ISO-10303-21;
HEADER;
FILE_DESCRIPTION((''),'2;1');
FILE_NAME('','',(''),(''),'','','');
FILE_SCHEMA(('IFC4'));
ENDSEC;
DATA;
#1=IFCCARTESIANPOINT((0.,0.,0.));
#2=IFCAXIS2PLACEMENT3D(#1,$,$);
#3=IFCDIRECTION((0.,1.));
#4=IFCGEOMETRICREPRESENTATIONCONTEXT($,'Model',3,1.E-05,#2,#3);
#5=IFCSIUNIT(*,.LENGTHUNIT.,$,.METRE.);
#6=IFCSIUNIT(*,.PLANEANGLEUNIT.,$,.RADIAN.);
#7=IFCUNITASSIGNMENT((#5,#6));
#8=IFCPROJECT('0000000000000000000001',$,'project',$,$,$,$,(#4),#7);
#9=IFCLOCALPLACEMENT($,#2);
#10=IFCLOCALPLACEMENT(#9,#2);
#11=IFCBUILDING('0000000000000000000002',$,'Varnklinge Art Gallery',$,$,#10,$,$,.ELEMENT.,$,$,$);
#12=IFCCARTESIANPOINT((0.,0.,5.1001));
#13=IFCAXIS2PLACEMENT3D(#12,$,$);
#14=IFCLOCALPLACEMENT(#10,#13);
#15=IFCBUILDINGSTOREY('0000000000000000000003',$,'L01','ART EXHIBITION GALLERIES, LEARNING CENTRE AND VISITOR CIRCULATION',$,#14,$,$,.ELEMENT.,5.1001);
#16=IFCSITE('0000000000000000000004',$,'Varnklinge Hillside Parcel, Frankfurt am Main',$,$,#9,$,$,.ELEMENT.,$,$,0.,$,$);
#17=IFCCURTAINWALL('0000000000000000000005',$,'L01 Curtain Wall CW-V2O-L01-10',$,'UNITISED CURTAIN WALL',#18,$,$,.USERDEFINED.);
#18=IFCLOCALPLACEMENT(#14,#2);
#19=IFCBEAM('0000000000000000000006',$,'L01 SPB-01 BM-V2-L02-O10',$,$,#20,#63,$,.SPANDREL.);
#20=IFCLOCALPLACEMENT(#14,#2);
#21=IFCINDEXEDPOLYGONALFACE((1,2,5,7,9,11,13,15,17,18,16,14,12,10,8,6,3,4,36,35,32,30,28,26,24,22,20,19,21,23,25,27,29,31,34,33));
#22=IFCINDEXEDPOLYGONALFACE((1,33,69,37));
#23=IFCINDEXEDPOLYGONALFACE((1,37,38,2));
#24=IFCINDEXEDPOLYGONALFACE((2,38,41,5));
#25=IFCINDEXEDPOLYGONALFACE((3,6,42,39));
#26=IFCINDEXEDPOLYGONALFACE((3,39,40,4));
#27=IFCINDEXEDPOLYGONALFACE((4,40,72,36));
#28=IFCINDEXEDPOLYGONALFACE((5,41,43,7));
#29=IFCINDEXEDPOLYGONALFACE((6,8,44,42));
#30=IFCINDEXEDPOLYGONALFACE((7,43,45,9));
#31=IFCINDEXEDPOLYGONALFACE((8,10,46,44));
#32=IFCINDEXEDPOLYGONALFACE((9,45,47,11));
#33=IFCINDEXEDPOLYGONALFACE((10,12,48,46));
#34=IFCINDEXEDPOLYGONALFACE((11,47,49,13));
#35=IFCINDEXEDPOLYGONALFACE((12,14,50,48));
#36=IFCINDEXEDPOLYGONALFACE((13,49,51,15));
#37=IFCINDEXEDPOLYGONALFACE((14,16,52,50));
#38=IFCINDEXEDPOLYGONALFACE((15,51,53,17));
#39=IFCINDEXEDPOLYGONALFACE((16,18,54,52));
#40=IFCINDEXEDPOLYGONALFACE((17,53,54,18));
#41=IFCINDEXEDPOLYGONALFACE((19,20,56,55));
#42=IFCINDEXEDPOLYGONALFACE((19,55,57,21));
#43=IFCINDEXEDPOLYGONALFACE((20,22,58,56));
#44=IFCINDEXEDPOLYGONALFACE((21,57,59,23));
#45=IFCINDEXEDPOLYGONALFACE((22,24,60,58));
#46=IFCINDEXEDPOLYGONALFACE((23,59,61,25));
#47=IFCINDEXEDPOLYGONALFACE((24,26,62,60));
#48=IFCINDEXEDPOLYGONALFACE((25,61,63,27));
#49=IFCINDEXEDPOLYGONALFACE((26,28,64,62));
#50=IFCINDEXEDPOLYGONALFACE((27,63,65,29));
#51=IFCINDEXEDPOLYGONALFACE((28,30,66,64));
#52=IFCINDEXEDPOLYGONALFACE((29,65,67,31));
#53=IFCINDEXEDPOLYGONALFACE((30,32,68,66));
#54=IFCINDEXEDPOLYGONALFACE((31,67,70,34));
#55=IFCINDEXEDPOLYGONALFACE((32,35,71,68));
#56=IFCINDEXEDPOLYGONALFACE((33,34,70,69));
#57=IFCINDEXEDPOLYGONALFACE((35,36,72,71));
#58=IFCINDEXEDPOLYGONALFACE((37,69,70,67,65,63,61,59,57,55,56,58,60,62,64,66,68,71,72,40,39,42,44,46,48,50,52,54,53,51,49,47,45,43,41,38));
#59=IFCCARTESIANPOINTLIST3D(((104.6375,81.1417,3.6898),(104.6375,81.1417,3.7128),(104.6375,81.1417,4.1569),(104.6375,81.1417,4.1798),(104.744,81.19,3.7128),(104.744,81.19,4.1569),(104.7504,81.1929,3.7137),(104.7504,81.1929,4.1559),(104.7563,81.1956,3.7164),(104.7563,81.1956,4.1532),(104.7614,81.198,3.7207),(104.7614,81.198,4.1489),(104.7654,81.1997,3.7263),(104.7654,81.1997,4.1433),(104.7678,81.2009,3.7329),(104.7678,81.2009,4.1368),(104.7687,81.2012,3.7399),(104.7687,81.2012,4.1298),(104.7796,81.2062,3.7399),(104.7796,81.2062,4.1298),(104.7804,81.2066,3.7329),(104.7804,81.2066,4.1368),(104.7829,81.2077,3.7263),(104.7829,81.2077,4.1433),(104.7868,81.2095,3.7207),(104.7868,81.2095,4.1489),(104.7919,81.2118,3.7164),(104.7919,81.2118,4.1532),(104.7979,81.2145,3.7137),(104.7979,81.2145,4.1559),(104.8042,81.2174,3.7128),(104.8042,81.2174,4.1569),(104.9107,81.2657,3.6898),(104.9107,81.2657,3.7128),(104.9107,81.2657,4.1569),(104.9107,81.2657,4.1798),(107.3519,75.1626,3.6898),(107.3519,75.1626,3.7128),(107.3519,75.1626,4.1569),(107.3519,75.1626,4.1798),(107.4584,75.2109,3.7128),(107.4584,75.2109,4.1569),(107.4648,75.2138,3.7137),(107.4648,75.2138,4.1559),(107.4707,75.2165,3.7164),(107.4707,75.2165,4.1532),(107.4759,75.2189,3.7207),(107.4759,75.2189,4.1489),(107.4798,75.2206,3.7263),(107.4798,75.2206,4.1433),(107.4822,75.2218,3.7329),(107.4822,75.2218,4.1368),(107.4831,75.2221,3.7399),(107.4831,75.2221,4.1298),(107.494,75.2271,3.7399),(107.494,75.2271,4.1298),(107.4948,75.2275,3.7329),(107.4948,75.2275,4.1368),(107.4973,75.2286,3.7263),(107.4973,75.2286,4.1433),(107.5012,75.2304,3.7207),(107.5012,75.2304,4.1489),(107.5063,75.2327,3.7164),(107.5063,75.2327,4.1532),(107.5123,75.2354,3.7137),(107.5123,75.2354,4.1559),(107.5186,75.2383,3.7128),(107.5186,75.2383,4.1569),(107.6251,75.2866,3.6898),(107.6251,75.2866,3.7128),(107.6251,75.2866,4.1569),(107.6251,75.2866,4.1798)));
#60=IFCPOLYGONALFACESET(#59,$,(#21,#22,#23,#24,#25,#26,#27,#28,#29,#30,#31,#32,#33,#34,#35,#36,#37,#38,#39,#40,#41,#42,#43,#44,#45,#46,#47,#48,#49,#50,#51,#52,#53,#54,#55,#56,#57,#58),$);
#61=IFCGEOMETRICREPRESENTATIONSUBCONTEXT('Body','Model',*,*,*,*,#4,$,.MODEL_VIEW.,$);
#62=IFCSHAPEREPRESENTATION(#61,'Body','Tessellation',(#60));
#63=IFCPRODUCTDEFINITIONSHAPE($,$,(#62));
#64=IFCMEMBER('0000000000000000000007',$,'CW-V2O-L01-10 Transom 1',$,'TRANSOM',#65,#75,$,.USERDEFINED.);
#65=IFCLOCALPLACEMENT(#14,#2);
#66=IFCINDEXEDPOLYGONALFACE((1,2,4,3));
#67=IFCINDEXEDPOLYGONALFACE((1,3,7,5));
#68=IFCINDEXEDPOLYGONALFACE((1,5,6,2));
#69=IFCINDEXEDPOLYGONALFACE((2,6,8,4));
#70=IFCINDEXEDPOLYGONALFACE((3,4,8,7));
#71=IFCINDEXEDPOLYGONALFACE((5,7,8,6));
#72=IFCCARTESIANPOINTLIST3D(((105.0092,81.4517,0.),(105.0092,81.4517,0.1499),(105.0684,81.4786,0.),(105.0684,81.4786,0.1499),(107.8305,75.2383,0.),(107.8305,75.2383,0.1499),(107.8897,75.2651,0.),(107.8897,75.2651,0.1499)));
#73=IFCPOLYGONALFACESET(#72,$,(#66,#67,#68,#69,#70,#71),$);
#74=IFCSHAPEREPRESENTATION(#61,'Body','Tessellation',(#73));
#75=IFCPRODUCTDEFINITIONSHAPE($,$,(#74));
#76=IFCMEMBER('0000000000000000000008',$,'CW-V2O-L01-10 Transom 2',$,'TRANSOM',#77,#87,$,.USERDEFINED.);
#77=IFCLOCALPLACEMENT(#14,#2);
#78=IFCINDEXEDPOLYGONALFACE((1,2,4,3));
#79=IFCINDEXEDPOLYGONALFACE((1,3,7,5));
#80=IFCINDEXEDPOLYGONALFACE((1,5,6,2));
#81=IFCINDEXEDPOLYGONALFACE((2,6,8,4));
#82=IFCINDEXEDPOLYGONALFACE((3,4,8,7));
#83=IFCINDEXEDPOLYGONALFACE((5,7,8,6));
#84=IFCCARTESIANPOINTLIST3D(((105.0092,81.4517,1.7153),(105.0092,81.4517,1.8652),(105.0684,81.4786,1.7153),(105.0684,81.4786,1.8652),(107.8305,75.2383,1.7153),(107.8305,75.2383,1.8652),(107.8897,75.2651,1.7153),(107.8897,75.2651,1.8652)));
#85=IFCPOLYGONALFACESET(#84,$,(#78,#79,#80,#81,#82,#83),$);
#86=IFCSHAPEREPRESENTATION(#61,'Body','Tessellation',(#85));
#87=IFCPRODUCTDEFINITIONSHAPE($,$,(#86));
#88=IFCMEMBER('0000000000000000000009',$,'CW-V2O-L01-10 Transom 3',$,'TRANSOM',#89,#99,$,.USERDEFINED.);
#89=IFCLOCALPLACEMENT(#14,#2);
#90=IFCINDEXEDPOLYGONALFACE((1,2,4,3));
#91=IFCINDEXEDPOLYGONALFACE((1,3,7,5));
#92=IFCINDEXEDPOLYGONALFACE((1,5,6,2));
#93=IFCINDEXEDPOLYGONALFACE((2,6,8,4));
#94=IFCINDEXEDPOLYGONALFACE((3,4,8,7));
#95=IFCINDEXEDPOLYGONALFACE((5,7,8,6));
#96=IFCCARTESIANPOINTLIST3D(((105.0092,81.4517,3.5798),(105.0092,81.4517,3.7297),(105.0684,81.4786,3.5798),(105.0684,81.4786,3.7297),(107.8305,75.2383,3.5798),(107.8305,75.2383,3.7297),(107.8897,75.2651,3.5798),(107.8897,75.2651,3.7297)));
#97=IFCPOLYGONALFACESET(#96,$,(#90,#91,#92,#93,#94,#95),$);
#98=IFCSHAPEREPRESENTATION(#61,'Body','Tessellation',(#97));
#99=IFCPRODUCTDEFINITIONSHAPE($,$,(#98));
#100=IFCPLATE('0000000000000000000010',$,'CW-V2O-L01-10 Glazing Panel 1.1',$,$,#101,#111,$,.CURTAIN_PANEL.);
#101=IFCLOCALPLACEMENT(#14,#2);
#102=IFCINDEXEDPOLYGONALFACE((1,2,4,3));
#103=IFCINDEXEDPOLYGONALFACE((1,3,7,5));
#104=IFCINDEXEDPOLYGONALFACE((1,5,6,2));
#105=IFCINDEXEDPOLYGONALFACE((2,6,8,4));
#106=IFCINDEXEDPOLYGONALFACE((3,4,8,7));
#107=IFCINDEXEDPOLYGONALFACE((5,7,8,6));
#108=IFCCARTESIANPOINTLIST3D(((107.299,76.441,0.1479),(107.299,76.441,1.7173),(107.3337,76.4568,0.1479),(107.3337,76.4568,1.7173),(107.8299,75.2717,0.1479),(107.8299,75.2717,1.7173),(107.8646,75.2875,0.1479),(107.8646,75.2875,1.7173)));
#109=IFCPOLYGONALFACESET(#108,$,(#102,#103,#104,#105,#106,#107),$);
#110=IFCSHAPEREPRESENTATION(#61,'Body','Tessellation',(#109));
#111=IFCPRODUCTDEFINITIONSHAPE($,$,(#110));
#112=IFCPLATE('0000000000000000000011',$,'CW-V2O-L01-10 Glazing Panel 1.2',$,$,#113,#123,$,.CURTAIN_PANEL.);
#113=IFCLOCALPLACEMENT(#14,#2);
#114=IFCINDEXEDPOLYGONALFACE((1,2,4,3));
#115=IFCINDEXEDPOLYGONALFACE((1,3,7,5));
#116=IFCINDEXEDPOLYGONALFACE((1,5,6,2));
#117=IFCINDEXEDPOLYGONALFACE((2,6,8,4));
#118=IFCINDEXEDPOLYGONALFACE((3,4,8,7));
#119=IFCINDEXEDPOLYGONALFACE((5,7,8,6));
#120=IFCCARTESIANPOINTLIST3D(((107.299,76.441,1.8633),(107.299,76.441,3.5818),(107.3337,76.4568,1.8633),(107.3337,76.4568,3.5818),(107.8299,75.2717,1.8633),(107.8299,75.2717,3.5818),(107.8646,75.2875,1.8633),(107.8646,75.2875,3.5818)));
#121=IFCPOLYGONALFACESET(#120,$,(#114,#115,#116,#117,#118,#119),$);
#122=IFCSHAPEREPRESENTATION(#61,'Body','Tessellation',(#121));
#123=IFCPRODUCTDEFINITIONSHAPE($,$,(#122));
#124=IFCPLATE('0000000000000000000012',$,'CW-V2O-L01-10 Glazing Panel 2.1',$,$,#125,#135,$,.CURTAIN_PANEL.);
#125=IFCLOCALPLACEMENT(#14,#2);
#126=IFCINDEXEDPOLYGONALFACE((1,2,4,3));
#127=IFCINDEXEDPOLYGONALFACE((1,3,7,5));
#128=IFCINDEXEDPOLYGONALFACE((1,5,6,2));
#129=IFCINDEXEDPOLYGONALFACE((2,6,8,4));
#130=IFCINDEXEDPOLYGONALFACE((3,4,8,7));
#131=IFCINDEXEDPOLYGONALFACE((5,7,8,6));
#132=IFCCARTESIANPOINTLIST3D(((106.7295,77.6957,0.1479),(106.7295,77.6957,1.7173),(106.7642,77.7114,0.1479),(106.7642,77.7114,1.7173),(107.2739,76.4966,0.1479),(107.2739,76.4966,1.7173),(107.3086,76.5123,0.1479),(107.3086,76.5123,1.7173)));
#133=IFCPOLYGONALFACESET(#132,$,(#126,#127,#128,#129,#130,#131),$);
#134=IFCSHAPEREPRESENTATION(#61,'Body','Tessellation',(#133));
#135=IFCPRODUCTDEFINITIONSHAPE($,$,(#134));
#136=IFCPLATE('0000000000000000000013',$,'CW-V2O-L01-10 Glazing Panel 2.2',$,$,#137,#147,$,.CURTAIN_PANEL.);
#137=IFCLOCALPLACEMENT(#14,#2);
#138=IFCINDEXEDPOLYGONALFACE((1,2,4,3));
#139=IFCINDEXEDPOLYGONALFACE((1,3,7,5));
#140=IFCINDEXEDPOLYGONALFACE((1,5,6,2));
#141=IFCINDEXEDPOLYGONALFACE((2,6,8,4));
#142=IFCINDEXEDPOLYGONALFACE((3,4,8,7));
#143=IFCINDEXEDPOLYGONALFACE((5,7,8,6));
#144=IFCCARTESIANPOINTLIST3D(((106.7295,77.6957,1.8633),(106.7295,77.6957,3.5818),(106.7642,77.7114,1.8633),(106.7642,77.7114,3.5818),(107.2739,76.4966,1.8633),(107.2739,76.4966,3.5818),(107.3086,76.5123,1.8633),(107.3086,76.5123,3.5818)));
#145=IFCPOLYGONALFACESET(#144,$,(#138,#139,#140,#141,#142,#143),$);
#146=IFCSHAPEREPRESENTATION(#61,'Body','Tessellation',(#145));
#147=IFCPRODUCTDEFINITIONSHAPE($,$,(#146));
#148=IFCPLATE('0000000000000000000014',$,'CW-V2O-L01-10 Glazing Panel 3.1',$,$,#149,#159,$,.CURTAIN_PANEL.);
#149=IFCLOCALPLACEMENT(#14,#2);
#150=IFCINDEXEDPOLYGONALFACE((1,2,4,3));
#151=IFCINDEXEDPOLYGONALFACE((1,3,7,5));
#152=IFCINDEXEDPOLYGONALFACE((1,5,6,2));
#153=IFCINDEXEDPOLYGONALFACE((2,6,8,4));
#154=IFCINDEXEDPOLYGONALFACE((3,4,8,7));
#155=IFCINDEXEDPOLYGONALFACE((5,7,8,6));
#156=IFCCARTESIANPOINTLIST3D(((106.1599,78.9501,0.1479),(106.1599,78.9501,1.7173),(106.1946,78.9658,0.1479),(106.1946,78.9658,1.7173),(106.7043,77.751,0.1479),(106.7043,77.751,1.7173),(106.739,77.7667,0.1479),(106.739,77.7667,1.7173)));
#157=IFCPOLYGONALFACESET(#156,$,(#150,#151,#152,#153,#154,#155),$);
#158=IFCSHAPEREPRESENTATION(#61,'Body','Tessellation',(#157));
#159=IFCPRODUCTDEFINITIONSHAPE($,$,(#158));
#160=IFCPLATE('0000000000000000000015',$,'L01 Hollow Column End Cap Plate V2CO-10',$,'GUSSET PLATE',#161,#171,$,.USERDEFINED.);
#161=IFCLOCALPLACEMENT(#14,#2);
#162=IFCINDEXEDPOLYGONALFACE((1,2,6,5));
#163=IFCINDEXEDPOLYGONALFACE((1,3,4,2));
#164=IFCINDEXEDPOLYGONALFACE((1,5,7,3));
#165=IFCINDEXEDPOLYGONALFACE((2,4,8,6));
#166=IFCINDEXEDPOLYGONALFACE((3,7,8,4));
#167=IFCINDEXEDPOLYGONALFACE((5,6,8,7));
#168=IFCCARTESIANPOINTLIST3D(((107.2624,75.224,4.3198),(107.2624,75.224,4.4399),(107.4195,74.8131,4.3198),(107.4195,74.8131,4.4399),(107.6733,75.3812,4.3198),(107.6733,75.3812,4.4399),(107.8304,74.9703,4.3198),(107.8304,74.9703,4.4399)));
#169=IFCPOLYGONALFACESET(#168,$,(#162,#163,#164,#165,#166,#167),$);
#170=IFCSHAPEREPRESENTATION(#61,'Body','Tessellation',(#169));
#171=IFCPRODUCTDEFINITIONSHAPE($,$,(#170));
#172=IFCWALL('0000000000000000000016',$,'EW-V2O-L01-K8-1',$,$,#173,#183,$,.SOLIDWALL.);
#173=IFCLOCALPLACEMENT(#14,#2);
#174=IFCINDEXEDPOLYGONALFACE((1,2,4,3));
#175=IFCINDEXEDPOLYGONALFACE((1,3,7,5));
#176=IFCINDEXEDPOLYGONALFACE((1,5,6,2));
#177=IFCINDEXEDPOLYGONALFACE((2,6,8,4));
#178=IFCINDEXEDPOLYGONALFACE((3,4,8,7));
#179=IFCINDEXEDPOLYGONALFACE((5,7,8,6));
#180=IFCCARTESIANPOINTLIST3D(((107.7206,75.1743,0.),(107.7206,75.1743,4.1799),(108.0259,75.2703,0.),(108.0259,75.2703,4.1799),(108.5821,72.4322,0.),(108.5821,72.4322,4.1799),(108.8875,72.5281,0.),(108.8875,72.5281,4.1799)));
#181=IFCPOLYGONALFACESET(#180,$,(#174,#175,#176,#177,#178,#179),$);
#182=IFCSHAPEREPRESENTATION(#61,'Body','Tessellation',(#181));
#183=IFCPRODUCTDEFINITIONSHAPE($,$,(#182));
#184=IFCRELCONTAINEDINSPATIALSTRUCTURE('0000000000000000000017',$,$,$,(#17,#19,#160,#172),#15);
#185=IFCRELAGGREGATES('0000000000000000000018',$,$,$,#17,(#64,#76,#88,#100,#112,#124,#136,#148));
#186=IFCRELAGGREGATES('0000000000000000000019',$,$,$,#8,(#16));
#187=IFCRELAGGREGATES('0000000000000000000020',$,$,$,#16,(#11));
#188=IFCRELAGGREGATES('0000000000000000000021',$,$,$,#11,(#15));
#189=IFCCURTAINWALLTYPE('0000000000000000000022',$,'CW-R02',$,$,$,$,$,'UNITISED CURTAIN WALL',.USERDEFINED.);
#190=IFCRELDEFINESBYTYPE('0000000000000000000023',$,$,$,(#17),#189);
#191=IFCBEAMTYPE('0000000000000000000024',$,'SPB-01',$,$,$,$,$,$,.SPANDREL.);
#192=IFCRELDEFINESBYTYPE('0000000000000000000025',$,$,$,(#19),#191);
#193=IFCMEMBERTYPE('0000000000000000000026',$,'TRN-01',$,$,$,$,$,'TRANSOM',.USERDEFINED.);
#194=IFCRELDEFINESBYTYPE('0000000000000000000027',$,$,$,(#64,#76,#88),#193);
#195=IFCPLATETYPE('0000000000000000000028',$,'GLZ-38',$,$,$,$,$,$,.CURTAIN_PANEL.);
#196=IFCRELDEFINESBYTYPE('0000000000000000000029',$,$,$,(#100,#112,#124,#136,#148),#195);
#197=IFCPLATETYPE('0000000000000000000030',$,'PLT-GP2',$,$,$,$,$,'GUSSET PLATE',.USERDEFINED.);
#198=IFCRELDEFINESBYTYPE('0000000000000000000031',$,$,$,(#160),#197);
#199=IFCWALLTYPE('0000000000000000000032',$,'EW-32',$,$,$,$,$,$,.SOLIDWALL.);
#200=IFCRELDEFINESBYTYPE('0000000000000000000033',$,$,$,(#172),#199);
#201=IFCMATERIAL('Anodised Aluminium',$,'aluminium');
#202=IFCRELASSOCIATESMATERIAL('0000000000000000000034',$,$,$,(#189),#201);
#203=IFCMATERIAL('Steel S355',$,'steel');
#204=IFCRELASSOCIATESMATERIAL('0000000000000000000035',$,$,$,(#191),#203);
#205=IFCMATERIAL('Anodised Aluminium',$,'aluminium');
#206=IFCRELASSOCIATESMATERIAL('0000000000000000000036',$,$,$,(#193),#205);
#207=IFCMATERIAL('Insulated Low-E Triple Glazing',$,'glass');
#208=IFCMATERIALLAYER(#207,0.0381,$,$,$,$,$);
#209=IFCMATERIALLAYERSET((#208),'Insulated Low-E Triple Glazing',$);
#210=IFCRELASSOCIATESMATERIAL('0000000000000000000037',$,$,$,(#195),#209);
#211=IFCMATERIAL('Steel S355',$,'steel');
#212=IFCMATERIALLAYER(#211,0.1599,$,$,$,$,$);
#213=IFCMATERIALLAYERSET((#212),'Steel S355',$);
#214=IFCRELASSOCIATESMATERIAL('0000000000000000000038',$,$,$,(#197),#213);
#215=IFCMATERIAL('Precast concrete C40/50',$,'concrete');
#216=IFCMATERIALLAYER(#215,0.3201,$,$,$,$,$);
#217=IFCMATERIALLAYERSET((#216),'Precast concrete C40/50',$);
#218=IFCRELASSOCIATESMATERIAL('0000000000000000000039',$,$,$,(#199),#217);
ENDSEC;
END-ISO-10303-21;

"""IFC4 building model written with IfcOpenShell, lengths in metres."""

from ifc_helpers import new_model, si_unit, direction, frame, frame_2d, origin, origin_2d, place, context, subcontext, project, spatial, rectangle, i_section, extrude, material, layer, layer_set, material_profile, profile_set, type_object, element, aggregate, save


model = new_model("IFC4")

# Units and contexts
model_context = context("Model", 3, precision=1e-05, world=origin(), true_north=direction((0.0, 1.0)))
body_context = subcontext(model_context, "Body", "Model", "MODEL_VIEW")
ifc_project = project(units=[si_unit("LENGTHUNIT", "METRE"), si_unit("PLANEANGLEUNIT", "RADIAN")], contexts=[model_context])

# Site, building, storey
site_placement = place(None, origin())
site = spatial("IfcSite", under=ifc_project, at=site_placement, Name="Varnklinge Hillside Parcel, Frankfurt am Main", CompositionType="ELEMENT", RefElevation=0.0)
building_placement = place(site_placement, origin())
building = spatial("IfcBuilding", under=site, at=building_placement, Name="Varnklinge Art Gallery", CompositionType="ELEMENT")
storey_placement = place(building_placement, frame((0.0, 0.0, 5.1001)))
storey = spatial("IfcBuildingStorey", under=building, at=storey_placement, Name="L01", Description="ART EXHIBITION GALLERIES, LEARNING CENTRE AND VISITOR CIRCULATION", CompositionType="ELEMENT", Elevation=5.1001)

# Curtain wall
ifc_material_1 = material(Name="Anodised Aluminium", Category="aluminium")
curtain_wall_type = type_object("IfcCurtainWallType", Name="CW-R02", ElementType="UNITISED CURTAIN WALL", PredefinedType="USERDEFINED", material=ifc_material_1)
curtain_wall_placement = place(storey_placement, origin())
curtain_wall = element("IfcCurtainWall", 1, at=curtain_wall_placement, inside=storey, type_object=curtain_wall_type, Name="L01 Curtain Wall CW-V2O-L01-10", ObjectType="UNITISED CURTAIN WALL", PredefinedType="USERDEFINED")

# Beam
ifc_material_2 = material(Name="Steel S355", Category="steel")
ifc_material_profile_1 = material_profile(ifc_material_2, i_section(OverallWidth=0.3, OverallDepth=0.49, WebThickness=0.012, FlangeThickness=0.0229, FilletRadius=0.0271, at=origin_2d()), Name="HEA 500")
ifc_profile_set_1 = profile_set([ifc_material_profile_1], Name="Steel S355")
beam_type_1 = type_object("IfcBeamType", Name="SPB-01", PredefinedType="SPANDREL", material=ifc_profile_set_1)
beam_1_placement = place(storey_placement, frame((107.4885, 75.2246, 3.9348), z_axis=(-0.413377, 0.91056, 0.0), x_axis=(-0.91056, -0.413377, 0.0)))
element("IfcBeam", 2, at=beam_1_placement, inside=storey, type_object=beam_type_1, Name="L01 SPB-01 BM-V2-L02-O10", PredefinedType="SPANDREL", context=body_context, shape_type="SweptSolid", body=[
    extrude(i_section(OverallWidth=0.3, OverallDepth=0.49, WebThickness=0.012, FlangeThickness=0.0229, FilletRadius=0.0271, at=origin_2d()), origin(), (0.0, 0.0, 1.0), 6.5664),
])

# Members
ifc_material_3 = material(Name="Anodised Aluminium", Category="aluminium")
ifc_material_profile_2 = material_profile(ifc_material_3, rectangle(XDim=0.0649, YDim=0.1499, at=origin_2d()), Name="ALU 65x150")
ifc_profile_set_2 = profile_set([ifc_material_profile_2], Name="Anodised Aluminium")
member_type_1 = type_object("IfcMemberType", Name="TRN-01", ElementType="TRANSOM", PredefinedType="USERDEFINED", material=ifc_profile_set_2)
member_1_placement = place(storey_placement, frame((107.8601, 75.2517, 0.075), z_axis=(-0.413442, 0.910531, 0.0), x_axis=(-0.910531, -0.413442, 0.0)))
member_1 = element("IfcMember", 3, at=member_1_placement, type_object=member_type_1, Name="CW-V2O-L01-10 Transom 1", ObjectType="TRANSOM", PredefinedType="USERDEFINED", context=body_context, shape_type="SweptSolid", body=[
    extrude(rectangle(XDim=0.0649, YDim=0.1499, at=origin_2d()), origin(), (0.0, 0.0, 1.0), 6.824),
])
member_2_placement = place(storey_placement, frame((107.8601, 75.2517, 1.7903), z_axis=(-0.413442, 0.910531, 0.0), x_axis=(-0.910531, -0.413442, 0.0)))
member_2 = element("IfcMember", 4, at=member_2_placement, type_object=member_type_1, Name="CW-V2O-L01-10 Transom 2", ObjectType="TRANSOM", PredefinedType="USERDEFINED", context=body_context, shape_type="SweptSolid", body=[
    extrude(rectangle(XDim=0.0649, YDim=0.1499, at=origin_2d()), origin(), (0.0, 0.0, 1.0), 6.824),
])
member_3_placement = place(storey_placement, frame((107.8601, 75.2517, 3.6548), z_axis=(-0.413442, 0.910531, 0.0), x_axis=(-0.910531, -0.413442, 0.0)))
member_3 = element("IfcMember", 5, at=member_3_placement, type_object=member_type_1, Name="CW-V2O-L01-10 Transom 3", ObjectType="TRANSOM", PredefinedType="USERDEFINED", context=body_context, shape_type="SweptSolid", body=[
    extrude(rectangle(XDim=0.0649, YDim=0.1499, at=origin_2d()), origin(), (0.0, 0.0, 1.0), 6.824),
])

# Plates
ifc_material_4 = material(Name="Insulated Low-E Triple Glazing", Category="glass")
ifc_layer_1 = layer(ifc_material_4, 0.0381)
ifc_layer_set_1 = layer_set([ifc_layer_1], Name="Insulated Low-E Triple Glazing")
plate_type_1 = type_object("IfcPlateType", Name="GLZ-38", PredefinedType="CURTAIN_PANEL", material=ifc_layer_set_1)
plate_1_placement = place(storey_placement, frame((107.5818, 75.8643, 0.1479), z_axis=(0.0, 0.0, 1.0), x_axis=(-0.413422, 0.910539, 0.0)))
plate_1 = element("IfcPlate", 6, at=plate_1_placement, type_object=plate_type_1, Name="CW-V2O-L01-10 Glazing Panel 1.1", PredefinedType="CURTAIN_PANEL", context=body_context, shape_type="SweptSolid", body=[
    extrude(rectangle(XDim=1.2842, YDim=0.0381, at=origin_2d()), origin(), (0.0, 0.0, 1.0), 1.5693),
])
plate_2_placement = place(storey_placement, frame((107.5818, 75.8643, 1.8633), z_axis=(0.0, 0.0, 1.0), x_axis=(-0.413422, 0.910539, 0.0)))
plate_2 = element("IfcPlate", 7, at=plate_2_placement, type_object=plate_type_1, Name="CW-V2O-L01-10 Glazing Panel 1.2", PredefinedType="CURTAIN_PANEL", context=body_context, shape_type="SweptSolid", body=[
    extrude(rectangle(XDim=1.2842, YDim=0.0381, at=origin_2d()), origin(), (0.0, 0.0, 1.0), 1.7185),
])
plate_3_placement = place(storey_placement, frame((107.019, 77.104, 0.1479), z_axis=(0.0, 0.0, 1.0), x_axis=(-0.413422, 0.910539, 0.0)))
plate_3 = element("IfcPlate", 8, at=plate_3_placement, type_object=plate_type_1, Name="CW-V2O-L01-10 Glazing Panel 2.1", PredefinedType="CURTAIN_PANEL", context=body_context, shape_type="SweptSolid", body=[
    extrude(rectangle(XDim=1.3169, YDim=0.0381, at=origin_2d()), origin(), (0.0, 0.0, 1.0), 1.5693),
])
plate_4_placement = place(storey_placement, frame((107.019, 77.104, 1.8633), z_axis=(0.0, 0.0, 1.0), x_axis=(-0.413422, 0.910539, 0.0)))
plate_4 = element("IfcPlate", 9, at=plate_4_placement, type_object=plate_type_1, Name="CW-V2O-L01-10 Glazing Panel 2.2", PredefinedType="CURTAIN_PANEL", context=body_context, shape_type="SweptSolid", body=[
    extrude(rectangle(XDim=1.3169, YDim=0.0381, at=origin_2d()), origin(), (0.0, 0.0, 1.0), 1.7185),
])
plate_5_placement = place(storey_placement, frame((106.4495, 78.3584, 0.1479), z_axis=(0.0, 0.0, 1.0), x_axis=(-0.413422, 0.910539, 0.0)))
plate_5 = element("IfcPlate", 10, at=plate_5_placement, type_object=plate_type_1, Name="CW-V2O-L01-10 Glazing Panel 3.1", PredefinedType="CURTAIN_PANEL", context=body_context, shape_type="SweptSolid", body=[
    extrude(rectangle(XDim=1.3169, YDim=0.0381, at=origin_2d()), origin(), (0.0, 0.0, 1.0), 1.5693),
])
aggregate(curtain_wall, [member_1, member_2, member_3, plate_1, plate_2, plate_3, plate_4, plate_5])
ifc_material_5 = material(Name="Steel S355", Category="steel")
ifc_layer_2 = layer(ifc_material_5, 0.1599)
ifc_layer_set_2 = layer_set([ifc_layer_2], Name="Steel S355")
plate_type_2 = type_object("IfcPlateType", Name="PLT-GP2", ElementType="GUSSET PLATE", PredefinedType="USERDEFINED", material=ifc_layer_set_2)
plate_6_placement = place(storey_placement, frame((107.5464, 75.0972, 4.3198), z_axis=(0.0, 0.0, 1.0), x_axis=(-0.934018, -0.357227, 0.0)))
element("IfcPlate", 11, at=plate_6_placement, inside=storey, type_object=plate_type_2, Name="L01 Hollow Column End Cap Plate V2CO-10", ObjectType="GUSSET PLATE", PredefinedType="USERDEFINED", context=body_context, shape_type="SweptSolid", body=[
    extrude(rectangle(XDim=0.4399, YDim=0.4399, at=origin_2d()), origin(), (0.0, 0.0, 1.0), 0.1201),
])

# Wall
ifc_material_6 = material(Name="Precast concrete C40/50", Category="concrete")
ifc_layer_3 = layer(ifc_material_6, 0.3201)
ifc_layer_set_3 = layer_set([ifc_layer_3], Name="Precast concrete C40/50")
wall_type = type_object("IfcWallType", Name="EW-32", PredefinedType="SOLIDWALL", material=ifc_layer_set_3)
wall_1_placement = place(storey_placement, frame((107.8733, 75.2222, 0.0), z_axis=(0.0, 0.0, 1.0), x_axis=(0.299745, -0.954019, 0.0)))
element("IfcWall", 12, at=wall_1_placement, inside=storey, type_object=wall_type, Name="EW-V2O-L01-K8-1", PredefinedType="SOLIDWALL", context=body_context, shape_type="SweptSolid", body=[
    extrude(rectangle(XDim=2.8743, YDim=0.3201, at=frame_2d((1.437, 0.0))), origin(), (0.0, 0.0, 1.0), 4.1799),
])

save(model, "model.ifc")
